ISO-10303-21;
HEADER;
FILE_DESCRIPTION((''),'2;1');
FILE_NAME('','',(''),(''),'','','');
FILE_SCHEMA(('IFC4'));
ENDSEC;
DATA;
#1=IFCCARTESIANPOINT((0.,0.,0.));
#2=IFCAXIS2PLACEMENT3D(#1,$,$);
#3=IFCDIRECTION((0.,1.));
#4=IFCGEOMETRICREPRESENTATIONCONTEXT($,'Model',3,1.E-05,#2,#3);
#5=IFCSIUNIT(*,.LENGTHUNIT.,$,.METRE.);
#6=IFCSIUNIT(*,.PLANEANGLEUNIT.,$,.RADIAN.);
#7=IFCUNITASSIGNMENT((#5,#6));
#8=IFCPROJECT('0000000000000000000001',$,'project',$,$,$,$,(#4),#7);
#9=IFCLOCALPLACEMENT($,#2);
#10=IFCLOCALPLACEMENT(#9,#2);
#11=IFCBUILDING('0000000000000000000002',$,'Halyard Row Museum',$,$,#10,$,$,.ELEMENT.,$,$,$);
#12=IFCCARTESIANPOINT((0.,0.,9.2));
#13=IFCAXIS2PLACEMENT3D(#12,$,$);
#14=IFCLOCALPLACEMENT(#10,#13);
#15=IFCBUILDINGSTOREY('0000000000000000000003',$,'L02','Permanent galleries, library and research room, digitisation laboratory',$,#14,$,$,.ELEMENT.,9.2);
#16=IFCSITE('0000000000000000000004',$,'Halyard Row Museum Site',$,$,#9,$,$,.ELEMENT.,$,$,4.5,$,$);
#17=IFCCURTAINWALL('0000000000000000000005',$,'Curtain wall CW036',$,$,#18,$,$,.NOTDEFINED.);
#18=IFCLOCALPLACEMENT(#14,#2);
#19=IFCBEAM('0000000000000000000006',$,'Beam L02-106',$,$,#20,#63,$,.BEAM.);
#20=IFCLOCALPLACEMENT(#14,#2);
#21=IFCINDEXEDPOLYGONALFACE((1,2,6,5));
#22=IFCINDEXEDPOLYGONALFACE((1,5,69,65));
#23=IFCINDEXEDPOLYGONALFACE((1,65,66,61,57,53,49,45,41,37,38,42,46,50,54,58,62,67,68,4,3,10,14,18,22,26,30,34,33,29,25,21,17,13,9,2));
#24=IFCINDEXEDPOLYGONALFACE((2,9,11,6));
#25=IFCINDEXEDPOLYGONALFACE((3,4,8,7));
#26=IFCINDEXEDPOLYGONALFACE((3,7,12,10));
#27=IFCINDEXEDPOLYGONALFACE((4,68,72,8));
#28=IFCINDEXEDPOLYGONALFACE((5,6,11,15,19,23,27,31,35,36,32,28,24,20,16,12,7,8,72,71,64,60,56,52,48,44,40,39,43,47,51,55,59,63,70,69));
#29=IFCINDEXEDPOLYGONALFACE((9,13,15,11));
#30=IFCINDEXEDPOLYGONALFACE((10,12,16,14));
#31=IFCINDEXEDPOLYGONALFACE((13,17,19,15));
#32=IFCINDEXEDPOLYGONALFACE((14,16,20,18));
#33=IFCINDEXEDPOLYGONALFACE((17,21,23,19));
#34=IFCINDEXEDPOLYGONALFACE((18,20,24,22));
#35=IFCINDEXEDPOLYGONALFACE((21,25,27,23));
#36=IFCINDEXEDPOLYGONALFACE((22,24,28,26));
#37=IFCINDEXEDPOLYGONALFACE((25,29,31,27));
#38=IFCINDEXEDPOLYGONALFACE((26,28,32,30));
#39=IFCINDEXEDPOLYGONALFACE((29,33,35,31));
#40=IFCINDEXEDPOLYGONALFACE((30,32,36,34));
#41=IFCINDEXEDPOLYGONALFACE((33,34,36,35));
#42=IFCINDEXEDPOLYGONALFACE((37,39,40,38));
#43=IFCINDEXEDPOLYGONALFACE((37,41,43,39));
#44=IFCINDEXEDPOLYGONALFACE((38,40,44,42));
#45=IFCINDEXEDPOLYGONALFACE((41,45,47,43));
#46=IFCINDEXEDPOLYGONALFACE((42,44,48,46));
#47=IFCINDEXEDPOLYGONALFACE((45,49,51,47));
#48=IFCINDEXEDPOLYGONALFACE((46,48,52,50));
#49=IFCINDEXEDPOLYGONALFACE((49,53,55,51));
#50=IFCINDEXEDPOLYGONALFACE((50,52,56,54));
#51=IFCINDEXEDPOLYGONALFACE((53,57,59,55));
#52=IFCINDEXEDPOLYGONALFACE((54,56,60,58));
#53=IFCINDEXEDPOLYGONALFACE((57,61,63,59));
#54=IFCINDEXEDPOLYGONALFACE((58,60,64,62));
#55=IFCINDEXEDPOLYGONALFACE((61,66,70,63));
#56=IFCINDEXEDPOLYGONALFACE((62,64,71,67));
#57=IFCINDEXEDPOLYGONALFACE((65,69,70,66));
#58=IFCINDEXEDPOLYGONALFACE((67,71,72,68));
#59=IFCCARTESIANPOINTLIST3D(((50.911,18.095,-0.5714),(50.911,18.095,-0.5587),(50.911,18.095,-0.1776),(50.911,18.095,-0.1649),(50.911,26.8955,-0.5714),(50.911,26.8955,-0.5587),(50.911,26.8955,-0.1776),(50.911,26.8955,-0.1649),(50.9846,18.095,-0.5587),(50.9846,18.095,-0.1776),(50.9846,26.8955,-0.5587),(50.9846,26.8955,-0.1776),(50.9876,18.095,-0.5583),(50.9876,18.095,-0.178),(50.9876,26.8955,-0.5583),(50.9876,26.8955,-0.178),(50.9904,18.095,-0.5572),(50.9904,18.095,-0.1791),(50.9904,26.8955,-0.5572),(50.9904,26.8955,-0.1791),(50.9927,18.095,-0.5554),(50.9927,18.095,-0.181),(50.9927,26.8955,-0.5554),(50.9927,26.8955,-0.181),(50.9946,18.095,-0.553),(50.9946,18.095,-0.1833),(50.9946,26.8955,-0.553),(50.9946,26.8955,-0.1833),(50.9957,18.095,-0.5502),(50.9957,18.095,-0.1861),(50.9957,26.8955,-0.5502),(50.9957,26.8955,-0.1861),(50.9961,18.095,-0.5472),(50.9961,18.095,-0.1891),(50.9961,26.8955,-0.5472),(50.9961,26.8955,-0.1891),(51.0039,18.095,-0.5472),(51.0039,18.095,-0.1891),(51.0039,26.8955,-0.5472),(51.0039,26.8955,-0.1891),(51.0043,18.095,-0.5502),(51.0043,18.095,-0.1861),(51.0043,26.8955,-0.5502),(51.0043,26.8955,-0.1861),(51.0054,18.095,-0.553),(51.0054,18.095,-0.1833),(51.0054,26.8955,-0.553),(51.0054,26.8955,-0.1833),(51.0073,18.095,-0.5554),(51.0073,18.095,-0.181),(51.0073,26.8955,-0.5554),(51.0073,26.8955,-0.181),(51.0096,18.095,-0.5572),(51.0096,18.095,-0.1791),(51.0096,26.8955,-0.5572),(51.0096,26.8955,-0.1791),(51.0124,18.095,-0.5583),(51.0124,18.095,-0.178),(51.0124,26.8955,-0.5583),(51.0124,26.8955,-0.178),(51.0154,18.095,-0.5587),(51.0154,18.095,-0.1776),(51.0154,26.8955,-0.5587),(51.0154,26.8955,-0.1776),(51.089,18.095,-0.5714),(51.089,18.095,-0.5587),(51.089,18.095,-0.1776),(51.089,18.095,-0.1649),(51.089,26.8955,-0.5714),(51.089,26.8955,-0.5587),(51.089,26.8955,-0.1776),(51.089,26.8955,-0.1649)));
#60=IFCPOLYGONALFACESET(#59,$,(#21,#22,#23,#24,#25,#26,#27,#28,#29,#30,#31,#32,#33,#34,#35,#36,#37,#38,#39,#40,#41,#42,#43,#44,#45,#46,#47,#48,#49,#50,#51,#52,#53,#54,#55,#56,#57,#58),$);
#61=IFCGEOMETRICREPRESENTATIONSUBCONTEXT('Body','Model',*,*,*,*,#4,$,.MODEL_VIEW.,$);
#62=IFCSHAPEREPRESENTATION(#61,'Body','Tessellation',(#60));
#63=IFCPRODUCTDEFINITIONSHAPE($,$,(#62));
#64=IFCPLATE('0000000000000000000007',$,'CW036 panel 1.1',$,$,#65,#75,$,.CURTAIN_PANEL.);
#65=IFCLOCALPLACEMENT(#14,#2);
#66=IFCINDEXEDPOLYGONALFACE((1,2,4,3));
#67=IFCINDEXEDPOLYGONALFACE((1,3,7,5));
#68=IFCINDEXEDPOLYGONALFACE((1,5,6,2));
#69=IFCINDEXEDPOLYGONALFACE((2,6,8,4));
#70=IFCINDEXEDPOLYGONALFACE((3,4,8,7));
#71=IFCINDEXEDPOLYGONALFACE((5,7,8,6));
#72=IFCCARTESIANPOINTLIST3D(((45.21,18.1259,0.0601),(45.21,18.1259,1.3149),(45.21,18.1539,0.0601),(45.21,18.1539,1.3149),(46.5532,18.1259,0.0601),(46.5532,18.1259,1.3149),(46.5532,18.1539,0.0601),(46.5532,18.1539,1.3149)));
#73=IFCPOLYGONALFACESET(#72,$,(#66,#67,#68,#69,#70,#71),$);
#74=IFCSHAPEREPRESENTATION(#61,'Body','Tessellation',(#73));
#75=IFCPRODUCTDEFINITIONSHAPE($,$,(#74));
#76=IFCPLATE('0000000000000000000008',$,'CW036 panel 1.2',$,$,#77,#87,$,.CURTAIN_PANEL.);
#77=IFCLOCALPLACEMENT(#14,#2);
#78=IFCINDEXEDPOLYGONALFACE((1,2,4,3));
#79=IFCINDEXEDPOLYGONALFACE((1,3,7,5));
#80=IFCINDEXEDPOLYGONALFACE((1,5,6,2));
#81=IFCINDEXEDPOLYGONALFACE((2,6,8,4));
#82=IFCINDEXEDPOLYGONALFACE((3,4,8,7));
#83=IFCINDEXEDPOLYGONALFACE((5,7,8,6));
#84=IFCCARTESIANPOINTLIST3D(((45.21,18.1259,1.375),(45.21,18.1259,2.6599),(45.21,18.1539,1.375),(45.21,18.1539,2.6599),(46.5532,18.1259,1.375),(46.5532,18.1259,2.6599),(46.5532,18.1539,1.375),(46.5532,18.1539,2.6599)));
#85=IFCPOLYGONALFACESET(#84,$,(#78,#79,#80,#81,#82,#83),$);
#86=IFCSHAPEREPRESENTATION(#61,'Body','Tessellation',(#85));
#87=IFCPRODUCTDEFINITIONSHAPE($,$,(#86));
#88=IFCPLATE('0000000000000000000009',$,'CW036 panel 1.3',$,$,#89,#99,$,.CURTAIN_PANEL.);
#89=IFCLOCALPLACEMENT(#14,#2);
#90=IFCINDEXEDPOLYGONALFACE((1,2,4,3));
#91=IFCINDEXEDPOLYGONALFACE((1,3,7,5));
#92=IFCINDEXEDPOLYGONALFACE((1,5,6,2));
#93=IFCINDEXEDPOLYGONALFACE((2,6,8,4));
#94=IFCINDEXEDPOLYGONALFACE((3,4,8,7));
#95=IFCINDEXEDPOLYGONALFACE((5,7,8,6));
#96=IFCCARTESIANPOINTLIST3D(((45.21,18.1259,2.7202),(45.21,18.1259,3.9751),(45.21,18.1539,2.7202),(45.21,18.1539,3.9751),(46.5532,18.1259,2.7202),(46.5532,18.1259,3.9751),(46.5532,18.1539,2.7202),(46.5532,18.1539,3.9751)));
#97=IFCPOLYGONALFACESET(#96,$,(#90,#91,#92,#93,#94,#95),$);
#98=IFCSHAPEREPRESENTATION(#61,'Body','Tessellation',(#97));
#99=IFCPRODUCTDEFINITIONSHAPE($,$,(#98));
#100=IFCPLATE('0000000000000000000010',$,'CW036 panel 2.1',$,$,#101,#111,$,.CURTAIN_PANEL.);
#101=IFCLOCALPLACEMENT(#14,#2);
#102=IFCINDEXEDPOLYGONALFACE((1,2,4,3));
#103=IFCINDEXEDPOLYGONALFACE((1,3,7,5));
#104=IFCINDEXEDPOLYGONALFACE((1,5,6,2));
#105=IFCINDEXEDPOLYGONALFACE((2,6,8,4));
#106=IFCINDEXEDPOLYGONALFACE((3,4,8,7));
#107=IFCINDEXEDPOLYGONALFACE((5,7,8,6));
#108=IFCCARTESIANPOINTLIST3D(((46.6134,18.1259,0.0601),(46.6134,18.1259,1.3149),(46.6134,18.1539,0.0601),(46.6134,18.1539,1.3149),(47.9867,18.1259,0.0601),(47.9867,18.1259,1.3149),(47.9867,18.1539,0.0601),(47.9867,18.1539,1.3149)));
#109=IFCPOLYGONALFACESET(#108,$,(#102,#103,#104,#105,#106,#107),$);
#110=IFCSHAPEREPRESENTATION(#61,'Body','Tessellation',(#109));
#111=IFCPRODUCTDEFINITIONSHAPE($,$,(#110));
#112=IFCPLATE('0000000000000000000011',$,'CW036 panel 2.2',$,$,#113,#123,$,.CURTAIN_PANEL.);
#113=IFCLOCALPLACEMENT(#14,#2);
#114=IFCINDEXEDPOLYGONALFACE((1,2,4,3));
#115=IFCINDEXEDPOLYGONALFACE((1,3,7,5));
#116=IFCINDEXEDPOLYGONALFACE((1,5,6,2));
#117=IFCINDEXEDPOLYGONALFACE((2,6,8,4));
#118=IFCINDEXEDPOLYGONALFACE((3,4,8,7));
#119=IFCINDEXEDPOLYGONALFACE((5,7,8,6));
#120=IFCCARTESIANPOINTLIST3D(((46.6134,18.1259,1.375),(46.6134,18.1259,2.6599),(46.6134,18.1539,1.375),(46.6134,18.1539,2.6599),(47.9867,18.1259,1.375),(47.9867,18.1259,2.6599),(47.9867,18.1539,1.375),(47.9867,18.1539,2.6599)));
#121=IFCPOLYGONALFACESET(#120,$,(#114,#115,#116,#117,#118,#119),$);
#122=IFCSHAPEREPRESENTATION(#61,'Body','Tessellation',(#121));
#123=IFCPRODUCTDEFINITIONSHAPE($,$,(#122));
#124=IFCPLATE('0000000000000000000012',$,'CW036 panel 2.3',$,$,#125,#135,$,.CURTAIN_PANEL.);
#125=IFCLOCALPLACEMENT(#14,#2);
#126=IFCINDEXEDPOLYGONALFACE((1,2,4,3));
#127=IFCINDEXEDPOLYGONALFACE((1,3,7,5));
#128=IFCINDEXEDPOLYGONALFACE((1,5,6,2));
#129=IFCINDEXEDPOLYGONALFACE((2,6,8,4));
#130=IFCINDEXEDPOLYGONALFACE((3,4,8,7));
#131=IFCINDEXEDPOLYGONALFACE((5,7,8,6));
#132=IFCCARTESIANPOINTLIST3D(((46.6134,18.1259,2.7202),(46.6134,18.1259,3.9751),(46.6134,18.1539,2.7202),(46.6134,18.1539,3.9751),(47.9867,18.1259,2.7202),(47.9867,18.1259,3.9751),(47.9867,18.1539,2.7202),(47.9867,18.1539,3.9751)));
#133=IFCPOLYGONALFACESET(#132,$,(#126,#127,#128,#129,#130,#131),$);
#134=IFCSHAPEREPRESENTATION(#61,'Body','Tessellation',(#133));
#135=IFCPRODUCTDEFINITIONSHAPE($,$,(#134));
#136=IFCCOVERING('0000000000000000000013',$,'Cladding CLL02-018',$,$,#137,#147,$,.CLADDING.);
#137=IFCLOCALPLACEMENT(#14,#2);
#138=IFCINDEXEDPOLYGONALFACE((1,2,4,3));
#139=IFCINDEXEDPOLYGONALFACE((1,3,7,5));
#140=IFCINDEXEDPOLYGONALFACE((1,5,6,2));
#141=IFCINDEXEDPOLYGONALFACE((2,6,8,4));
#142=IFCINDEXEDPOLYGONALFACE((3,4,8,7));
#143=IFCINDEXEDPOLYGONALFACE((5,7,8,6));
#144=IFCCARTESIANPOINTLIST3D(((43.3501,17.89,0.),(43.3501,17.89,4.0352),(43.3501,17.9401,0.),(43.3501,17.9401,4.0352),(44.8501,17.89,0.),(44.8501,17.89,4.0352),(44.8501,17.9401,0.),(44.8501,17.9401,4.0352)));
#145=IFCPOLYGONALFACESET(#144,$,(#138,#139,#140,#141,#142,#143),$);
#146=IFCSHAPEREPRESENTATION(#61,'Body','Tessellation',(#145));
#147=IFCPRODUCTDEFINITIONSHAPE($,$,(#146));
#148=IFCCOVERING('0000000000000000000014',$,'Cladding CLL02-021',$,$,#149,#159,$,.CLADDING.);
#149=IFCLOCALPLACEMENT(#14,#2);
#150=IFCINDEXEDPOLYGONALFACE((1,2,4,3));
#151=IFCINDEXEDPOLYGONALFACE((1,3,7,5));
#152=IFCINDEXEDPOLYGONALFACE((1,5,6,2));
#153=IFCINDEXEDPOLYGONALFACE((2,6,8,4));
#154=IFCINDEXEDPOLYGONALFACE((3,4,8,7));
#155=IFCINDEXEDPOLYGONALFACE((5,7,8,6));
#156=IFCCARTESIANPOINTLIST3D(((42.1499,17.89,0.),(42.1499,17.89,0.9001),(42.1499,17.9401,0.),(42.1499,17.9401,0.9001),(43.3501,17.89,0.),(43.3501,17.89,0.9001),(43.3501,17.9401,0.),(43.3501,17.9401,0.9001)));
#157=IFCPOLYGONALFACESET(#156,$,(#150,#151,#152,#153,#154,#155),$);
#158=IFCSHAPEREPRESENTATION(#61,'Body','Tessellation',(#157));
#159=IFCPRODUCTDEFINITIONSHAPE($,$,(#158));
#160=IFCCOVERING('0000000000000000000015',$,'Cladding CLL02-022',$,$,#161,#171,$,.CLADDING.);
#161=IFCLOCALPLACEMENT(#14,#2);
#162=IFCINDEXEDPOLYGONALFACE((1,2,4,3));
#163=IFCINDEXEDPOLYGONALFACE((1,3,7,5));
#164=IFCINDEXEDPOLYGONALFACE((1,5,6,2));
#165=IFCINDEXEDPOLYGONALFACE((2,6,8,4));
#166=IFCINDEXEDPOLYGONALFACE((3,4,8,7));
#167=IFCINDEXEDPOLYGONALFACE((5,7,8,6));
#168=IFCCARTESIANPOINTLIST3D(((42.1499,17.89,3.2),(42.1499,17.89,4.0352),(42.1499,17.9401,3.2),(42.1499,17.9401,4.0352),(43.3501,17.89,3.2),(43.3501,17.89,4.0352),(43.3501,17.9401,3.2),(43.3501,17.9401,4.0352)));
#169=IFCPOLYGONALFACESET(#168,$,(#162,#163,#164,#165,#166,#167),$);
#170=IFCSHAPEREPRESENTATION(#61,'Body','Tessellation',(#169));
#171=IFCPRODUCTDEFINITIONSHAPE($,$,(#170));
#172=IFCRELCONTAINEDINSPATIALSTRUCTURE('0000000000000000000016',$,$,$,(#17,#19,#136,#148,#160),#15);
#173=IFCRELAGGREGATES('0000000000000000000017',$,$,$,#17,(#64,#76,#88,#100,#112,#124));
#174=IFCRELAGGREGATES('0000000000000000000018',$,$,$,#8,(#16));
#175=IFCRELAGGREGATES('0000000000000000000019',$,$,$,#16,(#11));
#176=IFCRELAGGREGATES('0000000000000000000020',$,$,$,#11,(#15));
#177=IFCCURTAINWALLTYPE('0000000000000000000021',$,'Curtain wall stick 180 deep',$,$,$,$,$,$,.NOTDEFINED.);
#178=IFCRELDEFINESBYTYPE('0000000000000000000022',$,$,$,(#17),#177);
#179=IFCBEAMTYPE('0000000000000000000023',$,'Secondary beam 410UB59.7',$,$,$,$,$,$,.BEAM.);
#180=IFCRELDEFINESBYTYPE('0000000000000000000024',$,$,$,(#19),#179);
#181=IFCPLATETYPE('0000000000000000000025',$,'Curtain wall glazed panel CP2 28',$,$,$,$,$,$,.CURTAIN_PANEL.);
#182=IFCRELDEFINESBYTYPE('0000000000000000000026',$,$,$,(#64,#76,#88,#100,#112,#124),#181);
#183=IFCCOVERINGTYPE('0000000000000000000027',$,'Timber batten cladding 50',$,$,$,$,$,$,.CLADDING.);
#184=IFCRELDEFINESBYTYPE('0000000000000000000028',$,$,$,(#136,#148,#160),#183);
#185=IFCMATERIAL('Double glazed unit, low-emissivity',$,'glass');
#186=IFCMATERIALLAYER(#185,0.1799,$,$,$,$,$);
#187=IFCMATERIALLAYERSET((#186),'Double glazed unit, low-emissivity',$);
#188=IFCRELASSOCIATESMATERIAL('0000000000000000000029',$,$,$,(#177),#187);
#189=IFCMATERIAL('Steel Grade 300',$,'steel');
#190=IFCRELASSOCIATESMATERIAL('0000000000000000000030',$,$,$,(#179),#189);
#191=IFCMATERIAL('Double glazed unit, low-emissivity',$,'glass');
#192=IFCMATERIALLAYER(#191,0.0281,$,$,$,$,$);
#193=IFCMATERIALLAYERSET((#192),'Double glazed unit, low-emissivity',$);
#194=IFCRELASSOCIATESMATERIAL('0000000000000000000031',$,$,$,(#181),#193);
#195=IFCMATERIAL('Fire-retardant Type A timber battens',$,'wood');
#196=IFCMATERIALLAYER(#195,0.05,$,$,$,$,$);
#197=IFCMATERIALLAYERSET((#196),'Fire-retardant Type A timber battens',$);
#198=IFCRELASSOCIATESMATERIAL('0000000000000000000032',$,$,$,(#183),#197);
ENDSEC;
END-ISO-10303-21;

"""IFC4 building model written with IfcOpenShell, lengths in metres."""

from ifc_helpers import new_model, si_unit, direction, frame, frame_2d, origin, origin_2d, place, context, subcontext, project, spatial, rectangle, i_section, extrude, material, layer, layer_set, material_profile, profile_set, type_object, element, aggregate, save


model = new_model("IFC4")

# Units and contexts
model_context = context("Model", 3, precision=1e-05, world=origin(), true_north=direction((0.0, 1.0)))
body_context = subcontext(model_context, "Body", "Model", "MODEL_VIEW")
ifc_project = project(units=[si_unit("LENGTHUNIT", "METRE"), si_unit("PLANEANGLEUNIT", "RADIAN")], contexts=[model_context])

# Site, building, storey
site_placement = place(None, origin())
site = spatial("IfcSite", under=ifc_project, at=site_placement, Name="Halyard Row Museum Site", CompositionType="ELEMENT", RefElevation=4.5)
building_placement = place(site_placement, origin())
building = spatial("IfcBuilding", under=site, at=building_placement, Name="Halyard Row Museum", CompositionType="ELEMENT")
storey_placement = place(building_placement, frame((0.0, 0.0, 9.2)))
storey = spatial("IfcBuildingStorey", under=building, at=storey_placement, Name="L02", Description="Permanent galleries, library and research room, digitisation laboratory", CompositionType="ELEMENT", Elevation=9.2)

# Curtain wall
ifc_material_1 = material(Name="Double glazed unit, low-emissivity", Category="glass")
ifc_layer_1 = layer(ifc_material_1, 0.1799)
ifc_layer_set_1 = layer_set([ifc_layer_1], Name="Double glazed unit, low-emissivity")
curtain_wall_type = type_object("IfcCurtainWallType", Name="Curtain wall stick 180 deep", PredefinedType="NOTDEFINED", material=ifc_layer_set_1)
curtain_wall_placement = place(storey_placement, origin())
curtain_wall = element("IfcCurtainWall", 1, at=curtain_wall_placement, inside=storey, type_object=curtain_wall_type, Name="Curtain wall CW036", PredefinedType="NOTDEFINED")

# Beam
ifc_material_2 = material(Name="Steel Grade 300", Category="steel")
ifc_material_profile_1 = material_profile(ifc_material_2, i_section(OverallWidth=0.178, OverallDepth=0.4065, WebThickness=0.0078, FlangeThickness=0.0127, FilletRadius=0.0115, at=origin_2d()), Name="410UB59.7")
ifc_profile_set_1 = profile_set([ifc_material_profile_1], Name="Steel Grade 300")
beam_type_1 = type_object("IfcBeamType", Name="Secondary beam 410UB59.7", PredefinedType="BEAM", material=ifc_profile_set_1)
for number, where, z_axis, x_axis, name in (
    (2, (51.0, 18.095, -0.3682), (0.0, 1.0, 0.0), (-1.0, 0.0, 0.0), "Beam L02-106"),
):
    element("IfcBeam", number, at=place(storey_placement, frame(where, z_axis=z_axis, x_axis=x_axis)), inside=storey, type_object=beam_type_1, Name=name, PredefinedType="BEAM", context=body_context, shape_type="SweptSolid", body=[
        extrude(i_section(OverallWidth=0.178, OverallDepth=0.4065, WebThickness=0.0078, FlangeThickness=0.0127, FilletRadius=0.0115, at=origin_2d()), origin(), (0.0, 0.0, 1.0), 8.8005),
    ])

# Plates
ifc_material_3 = material(Name="Double glazed unit, low-emissivity", Category="glass")
ifc_layer_2 = layer(ifc_material_3, 0.0281)
ifc_layer_set_2 = layer_set([ifc_layer_2], Name="Double glazed unit, low-emissivity")
plate_type = type_object("IfcPlateType", Name="Curtain wall glazed panel CP2 28", PredefinedType="CURTAIN_PANEL", material=ifc_layer_set_2)
plate_1_placement = place(storey_placement, frame((45.8816, 18.1399, 0.0601), z_axis=(0.0, 0.0, 1.0), x_axis=(1.0, 0.0, 0.0)))
plate_1 = element("IfcPlate", 3, at=plate_1_placement, type_object=plate_type, Name="CW036 panel 1.1", PredefinedType="CURTAIN_PANEL", context=body_context, shape_type="SweptSolid", body=[
    extrude(rectangle(XDim=1.3433, YDim=0.0281, at=origin_2d()), origin(), (0.0, 0.0, 1.0), 1.2549),
])
plate_2_placement = place(storey_placement, frame((45.8816, 18.1399, 1.375), z_axis=(0.0, 0.0, 1.0), x_axis=(1.0, 0.0, 0.0)))
plate_2 = element("IfcPlate", 4, at=plate_2_placement, type_object=plate_type, Name="CW036 panel 1.2", PredefinedType="CURTAIN_PANEL", context=body_context, shape_type="SweptSolid", body=[
    extrude(rectangle(XDim=1.3433, YDim=0.0281, at=origin_2d()), origin(), (0.0, 0.0, 1.0), 1.2849),
])
plate_3_placement = place(storey_placement, frame((45.8816, 18.1399, 2.7202), z_axis=(0.0, 0.0, 1.0), x_axis=(1.0, 0.0, 0.0)))
plate_3 = element("IfcPlate", 5, at=plate_3_placement, type_object=plate_type, Name="CW036 panel 1.3", PredefinedType="CURTAIN_PANEL", context=body_context, shape_type="SweptSolid", body=[
    extrude(rectangle(XDim=1.3433, YDim=0.0281, at=origin_2d()), origin(), (0.0, 0.0, 1.0), 1.2549),
])
plate_4_placement = place(storey_placement, frame((47.3, 18.1399, 0.0601), z_axis=(0.0, 0.0, 1.0), x_axis=(1.0, 0.0, 0.0)))
plate_4 = element("IfcPlate", 6, at=plate_4_placement, type_object=plate_type, Name="CW036 panel 2.1", PredefinedType="CURTAIN_PANEL", context=body_context, shape_type="SweptSolid", body=[
    extrude(rectangle(XDim=1.3733, YDim=0.0281, at=origin_2d()), origin(), (0.0, 0.0, 1.0), 1.2549),
])
plate_5_placement = place(storey_placement, frame((47.3, 18.1399, 1.375), z_axis=(0.0, 0.0, 1.0), x_axis=(1.0, 0.0, 0.0)))
plate_5 = element("IfcPlate", 7, at=plate_5_placement, type_object=plate_type, Name="CW036 panel 2.2", PredefinedType="CURTAIN_PANEL", context=body_context, shape_type="SweptSolid", body=[
    extrude(rectangle(XDim=1.3733, YDim=0.0281, at=origin_2d()), origin(), (0.0, 0.0, 1.0), 1.2849),
])
plate_6_placement = place(storey_placement, frame((47.3, 18.1399, 2.7202), z_axis=(0.0, 0.0, 1.0), x_axis=(1.0, 0.0, 0.0)))
plate_6 = element("IfcPlate", 8, at=plate_6_placement, type_object=plate_type, Name="CW036 panel 2.3", PredefinedType="CURTAIN_PANEL", context=body_context, shape_type="SweptSolid", body=[
    extrude(rectangle(XDim=1.3733, YDim=0.0281, at=origin_2d()), origin(), (0.0, 0.0, 1.0), 1.2549),
])
aggregate(curtain_wall, [plate_1, plate_2, plate_3, plate_4, plate_5, plate_6])

# Coverings
ifc_material_4 = material(Name="Fire-retardant Type A timber battens", Category="wood")
ifc_layer_3 = layer(ifc_material_4, 0.05)
ifc_layer_set_3 = layer_set([ifc_layer_3], Name="Fire-retardant Type A timber battens")
covering_type = type_object("IfcCoveringType", Name="Timber batten cladding 50", PredefinedType="CLADDING", material=ifc_layer_set_3)
covering_1_placement = place(storey_placement, frame((43.3501, 17.915, 0.0), z_axis=(0.0, 0.0, 1.0), x_axis=(1.0, 0.0, 0.0)))
element("IfcCovering", 9, at=covering_1_placement, inside=storey, type_object=covering_type, Name="Cladding CLL02-018", PredefinedType="CLADDING", context=body_context, shape_type="SweptSolid", body=[
    extrude(rectangle(XDim=1.5, YDim=0.05, at=frame_2d((0.75, 0.0))), origin(), (0.0, 0.0, 1.0), 4.0352),
])
covering_2_placement = place(storey_placement, frame((42.1499, 17.915, 0.0), z_axis=(0.0, 0.0, 1.0), x_axis=(1.0, 0.0, 0.0)))
element("IfcCovering", 10, at=covering_2_placement, inside=storey, type_object=covering_type, Name="Cladding CLL02-021", PredefinedType="CLADDING", context=body_context, shape_type="SweptSolid", body=[
    extrude(rectangle(XDim=1.2002, YDim=0.05, at=frame_2d((0.6001, 0.0))), origin(), (0.0, 0.0, 1.0), 0.9001),
])
covering_3_placement = place(storey_placement, frame((42.1499, 17.915, 3.2), z_axis=(0.0, 0.0, 1.0), x_axis=(1.0, 0.0, 0.0)))
element("IfcCovering", 11, at=covering_3_placement, inside=storey, type_object=covering_type, Name="Cladding CLL02-022", PredefinedType="CLADDING", context=body_context, shape_type="SweptSolid", body=[
    extrude(rectangle(XDim=1.2002, YDim=0.05, at=frame_2d((0.6001, 0.0))), origin(), (0.0, 0.0, 1.0), 0.8352),
])

save(model, "model.ifc")
